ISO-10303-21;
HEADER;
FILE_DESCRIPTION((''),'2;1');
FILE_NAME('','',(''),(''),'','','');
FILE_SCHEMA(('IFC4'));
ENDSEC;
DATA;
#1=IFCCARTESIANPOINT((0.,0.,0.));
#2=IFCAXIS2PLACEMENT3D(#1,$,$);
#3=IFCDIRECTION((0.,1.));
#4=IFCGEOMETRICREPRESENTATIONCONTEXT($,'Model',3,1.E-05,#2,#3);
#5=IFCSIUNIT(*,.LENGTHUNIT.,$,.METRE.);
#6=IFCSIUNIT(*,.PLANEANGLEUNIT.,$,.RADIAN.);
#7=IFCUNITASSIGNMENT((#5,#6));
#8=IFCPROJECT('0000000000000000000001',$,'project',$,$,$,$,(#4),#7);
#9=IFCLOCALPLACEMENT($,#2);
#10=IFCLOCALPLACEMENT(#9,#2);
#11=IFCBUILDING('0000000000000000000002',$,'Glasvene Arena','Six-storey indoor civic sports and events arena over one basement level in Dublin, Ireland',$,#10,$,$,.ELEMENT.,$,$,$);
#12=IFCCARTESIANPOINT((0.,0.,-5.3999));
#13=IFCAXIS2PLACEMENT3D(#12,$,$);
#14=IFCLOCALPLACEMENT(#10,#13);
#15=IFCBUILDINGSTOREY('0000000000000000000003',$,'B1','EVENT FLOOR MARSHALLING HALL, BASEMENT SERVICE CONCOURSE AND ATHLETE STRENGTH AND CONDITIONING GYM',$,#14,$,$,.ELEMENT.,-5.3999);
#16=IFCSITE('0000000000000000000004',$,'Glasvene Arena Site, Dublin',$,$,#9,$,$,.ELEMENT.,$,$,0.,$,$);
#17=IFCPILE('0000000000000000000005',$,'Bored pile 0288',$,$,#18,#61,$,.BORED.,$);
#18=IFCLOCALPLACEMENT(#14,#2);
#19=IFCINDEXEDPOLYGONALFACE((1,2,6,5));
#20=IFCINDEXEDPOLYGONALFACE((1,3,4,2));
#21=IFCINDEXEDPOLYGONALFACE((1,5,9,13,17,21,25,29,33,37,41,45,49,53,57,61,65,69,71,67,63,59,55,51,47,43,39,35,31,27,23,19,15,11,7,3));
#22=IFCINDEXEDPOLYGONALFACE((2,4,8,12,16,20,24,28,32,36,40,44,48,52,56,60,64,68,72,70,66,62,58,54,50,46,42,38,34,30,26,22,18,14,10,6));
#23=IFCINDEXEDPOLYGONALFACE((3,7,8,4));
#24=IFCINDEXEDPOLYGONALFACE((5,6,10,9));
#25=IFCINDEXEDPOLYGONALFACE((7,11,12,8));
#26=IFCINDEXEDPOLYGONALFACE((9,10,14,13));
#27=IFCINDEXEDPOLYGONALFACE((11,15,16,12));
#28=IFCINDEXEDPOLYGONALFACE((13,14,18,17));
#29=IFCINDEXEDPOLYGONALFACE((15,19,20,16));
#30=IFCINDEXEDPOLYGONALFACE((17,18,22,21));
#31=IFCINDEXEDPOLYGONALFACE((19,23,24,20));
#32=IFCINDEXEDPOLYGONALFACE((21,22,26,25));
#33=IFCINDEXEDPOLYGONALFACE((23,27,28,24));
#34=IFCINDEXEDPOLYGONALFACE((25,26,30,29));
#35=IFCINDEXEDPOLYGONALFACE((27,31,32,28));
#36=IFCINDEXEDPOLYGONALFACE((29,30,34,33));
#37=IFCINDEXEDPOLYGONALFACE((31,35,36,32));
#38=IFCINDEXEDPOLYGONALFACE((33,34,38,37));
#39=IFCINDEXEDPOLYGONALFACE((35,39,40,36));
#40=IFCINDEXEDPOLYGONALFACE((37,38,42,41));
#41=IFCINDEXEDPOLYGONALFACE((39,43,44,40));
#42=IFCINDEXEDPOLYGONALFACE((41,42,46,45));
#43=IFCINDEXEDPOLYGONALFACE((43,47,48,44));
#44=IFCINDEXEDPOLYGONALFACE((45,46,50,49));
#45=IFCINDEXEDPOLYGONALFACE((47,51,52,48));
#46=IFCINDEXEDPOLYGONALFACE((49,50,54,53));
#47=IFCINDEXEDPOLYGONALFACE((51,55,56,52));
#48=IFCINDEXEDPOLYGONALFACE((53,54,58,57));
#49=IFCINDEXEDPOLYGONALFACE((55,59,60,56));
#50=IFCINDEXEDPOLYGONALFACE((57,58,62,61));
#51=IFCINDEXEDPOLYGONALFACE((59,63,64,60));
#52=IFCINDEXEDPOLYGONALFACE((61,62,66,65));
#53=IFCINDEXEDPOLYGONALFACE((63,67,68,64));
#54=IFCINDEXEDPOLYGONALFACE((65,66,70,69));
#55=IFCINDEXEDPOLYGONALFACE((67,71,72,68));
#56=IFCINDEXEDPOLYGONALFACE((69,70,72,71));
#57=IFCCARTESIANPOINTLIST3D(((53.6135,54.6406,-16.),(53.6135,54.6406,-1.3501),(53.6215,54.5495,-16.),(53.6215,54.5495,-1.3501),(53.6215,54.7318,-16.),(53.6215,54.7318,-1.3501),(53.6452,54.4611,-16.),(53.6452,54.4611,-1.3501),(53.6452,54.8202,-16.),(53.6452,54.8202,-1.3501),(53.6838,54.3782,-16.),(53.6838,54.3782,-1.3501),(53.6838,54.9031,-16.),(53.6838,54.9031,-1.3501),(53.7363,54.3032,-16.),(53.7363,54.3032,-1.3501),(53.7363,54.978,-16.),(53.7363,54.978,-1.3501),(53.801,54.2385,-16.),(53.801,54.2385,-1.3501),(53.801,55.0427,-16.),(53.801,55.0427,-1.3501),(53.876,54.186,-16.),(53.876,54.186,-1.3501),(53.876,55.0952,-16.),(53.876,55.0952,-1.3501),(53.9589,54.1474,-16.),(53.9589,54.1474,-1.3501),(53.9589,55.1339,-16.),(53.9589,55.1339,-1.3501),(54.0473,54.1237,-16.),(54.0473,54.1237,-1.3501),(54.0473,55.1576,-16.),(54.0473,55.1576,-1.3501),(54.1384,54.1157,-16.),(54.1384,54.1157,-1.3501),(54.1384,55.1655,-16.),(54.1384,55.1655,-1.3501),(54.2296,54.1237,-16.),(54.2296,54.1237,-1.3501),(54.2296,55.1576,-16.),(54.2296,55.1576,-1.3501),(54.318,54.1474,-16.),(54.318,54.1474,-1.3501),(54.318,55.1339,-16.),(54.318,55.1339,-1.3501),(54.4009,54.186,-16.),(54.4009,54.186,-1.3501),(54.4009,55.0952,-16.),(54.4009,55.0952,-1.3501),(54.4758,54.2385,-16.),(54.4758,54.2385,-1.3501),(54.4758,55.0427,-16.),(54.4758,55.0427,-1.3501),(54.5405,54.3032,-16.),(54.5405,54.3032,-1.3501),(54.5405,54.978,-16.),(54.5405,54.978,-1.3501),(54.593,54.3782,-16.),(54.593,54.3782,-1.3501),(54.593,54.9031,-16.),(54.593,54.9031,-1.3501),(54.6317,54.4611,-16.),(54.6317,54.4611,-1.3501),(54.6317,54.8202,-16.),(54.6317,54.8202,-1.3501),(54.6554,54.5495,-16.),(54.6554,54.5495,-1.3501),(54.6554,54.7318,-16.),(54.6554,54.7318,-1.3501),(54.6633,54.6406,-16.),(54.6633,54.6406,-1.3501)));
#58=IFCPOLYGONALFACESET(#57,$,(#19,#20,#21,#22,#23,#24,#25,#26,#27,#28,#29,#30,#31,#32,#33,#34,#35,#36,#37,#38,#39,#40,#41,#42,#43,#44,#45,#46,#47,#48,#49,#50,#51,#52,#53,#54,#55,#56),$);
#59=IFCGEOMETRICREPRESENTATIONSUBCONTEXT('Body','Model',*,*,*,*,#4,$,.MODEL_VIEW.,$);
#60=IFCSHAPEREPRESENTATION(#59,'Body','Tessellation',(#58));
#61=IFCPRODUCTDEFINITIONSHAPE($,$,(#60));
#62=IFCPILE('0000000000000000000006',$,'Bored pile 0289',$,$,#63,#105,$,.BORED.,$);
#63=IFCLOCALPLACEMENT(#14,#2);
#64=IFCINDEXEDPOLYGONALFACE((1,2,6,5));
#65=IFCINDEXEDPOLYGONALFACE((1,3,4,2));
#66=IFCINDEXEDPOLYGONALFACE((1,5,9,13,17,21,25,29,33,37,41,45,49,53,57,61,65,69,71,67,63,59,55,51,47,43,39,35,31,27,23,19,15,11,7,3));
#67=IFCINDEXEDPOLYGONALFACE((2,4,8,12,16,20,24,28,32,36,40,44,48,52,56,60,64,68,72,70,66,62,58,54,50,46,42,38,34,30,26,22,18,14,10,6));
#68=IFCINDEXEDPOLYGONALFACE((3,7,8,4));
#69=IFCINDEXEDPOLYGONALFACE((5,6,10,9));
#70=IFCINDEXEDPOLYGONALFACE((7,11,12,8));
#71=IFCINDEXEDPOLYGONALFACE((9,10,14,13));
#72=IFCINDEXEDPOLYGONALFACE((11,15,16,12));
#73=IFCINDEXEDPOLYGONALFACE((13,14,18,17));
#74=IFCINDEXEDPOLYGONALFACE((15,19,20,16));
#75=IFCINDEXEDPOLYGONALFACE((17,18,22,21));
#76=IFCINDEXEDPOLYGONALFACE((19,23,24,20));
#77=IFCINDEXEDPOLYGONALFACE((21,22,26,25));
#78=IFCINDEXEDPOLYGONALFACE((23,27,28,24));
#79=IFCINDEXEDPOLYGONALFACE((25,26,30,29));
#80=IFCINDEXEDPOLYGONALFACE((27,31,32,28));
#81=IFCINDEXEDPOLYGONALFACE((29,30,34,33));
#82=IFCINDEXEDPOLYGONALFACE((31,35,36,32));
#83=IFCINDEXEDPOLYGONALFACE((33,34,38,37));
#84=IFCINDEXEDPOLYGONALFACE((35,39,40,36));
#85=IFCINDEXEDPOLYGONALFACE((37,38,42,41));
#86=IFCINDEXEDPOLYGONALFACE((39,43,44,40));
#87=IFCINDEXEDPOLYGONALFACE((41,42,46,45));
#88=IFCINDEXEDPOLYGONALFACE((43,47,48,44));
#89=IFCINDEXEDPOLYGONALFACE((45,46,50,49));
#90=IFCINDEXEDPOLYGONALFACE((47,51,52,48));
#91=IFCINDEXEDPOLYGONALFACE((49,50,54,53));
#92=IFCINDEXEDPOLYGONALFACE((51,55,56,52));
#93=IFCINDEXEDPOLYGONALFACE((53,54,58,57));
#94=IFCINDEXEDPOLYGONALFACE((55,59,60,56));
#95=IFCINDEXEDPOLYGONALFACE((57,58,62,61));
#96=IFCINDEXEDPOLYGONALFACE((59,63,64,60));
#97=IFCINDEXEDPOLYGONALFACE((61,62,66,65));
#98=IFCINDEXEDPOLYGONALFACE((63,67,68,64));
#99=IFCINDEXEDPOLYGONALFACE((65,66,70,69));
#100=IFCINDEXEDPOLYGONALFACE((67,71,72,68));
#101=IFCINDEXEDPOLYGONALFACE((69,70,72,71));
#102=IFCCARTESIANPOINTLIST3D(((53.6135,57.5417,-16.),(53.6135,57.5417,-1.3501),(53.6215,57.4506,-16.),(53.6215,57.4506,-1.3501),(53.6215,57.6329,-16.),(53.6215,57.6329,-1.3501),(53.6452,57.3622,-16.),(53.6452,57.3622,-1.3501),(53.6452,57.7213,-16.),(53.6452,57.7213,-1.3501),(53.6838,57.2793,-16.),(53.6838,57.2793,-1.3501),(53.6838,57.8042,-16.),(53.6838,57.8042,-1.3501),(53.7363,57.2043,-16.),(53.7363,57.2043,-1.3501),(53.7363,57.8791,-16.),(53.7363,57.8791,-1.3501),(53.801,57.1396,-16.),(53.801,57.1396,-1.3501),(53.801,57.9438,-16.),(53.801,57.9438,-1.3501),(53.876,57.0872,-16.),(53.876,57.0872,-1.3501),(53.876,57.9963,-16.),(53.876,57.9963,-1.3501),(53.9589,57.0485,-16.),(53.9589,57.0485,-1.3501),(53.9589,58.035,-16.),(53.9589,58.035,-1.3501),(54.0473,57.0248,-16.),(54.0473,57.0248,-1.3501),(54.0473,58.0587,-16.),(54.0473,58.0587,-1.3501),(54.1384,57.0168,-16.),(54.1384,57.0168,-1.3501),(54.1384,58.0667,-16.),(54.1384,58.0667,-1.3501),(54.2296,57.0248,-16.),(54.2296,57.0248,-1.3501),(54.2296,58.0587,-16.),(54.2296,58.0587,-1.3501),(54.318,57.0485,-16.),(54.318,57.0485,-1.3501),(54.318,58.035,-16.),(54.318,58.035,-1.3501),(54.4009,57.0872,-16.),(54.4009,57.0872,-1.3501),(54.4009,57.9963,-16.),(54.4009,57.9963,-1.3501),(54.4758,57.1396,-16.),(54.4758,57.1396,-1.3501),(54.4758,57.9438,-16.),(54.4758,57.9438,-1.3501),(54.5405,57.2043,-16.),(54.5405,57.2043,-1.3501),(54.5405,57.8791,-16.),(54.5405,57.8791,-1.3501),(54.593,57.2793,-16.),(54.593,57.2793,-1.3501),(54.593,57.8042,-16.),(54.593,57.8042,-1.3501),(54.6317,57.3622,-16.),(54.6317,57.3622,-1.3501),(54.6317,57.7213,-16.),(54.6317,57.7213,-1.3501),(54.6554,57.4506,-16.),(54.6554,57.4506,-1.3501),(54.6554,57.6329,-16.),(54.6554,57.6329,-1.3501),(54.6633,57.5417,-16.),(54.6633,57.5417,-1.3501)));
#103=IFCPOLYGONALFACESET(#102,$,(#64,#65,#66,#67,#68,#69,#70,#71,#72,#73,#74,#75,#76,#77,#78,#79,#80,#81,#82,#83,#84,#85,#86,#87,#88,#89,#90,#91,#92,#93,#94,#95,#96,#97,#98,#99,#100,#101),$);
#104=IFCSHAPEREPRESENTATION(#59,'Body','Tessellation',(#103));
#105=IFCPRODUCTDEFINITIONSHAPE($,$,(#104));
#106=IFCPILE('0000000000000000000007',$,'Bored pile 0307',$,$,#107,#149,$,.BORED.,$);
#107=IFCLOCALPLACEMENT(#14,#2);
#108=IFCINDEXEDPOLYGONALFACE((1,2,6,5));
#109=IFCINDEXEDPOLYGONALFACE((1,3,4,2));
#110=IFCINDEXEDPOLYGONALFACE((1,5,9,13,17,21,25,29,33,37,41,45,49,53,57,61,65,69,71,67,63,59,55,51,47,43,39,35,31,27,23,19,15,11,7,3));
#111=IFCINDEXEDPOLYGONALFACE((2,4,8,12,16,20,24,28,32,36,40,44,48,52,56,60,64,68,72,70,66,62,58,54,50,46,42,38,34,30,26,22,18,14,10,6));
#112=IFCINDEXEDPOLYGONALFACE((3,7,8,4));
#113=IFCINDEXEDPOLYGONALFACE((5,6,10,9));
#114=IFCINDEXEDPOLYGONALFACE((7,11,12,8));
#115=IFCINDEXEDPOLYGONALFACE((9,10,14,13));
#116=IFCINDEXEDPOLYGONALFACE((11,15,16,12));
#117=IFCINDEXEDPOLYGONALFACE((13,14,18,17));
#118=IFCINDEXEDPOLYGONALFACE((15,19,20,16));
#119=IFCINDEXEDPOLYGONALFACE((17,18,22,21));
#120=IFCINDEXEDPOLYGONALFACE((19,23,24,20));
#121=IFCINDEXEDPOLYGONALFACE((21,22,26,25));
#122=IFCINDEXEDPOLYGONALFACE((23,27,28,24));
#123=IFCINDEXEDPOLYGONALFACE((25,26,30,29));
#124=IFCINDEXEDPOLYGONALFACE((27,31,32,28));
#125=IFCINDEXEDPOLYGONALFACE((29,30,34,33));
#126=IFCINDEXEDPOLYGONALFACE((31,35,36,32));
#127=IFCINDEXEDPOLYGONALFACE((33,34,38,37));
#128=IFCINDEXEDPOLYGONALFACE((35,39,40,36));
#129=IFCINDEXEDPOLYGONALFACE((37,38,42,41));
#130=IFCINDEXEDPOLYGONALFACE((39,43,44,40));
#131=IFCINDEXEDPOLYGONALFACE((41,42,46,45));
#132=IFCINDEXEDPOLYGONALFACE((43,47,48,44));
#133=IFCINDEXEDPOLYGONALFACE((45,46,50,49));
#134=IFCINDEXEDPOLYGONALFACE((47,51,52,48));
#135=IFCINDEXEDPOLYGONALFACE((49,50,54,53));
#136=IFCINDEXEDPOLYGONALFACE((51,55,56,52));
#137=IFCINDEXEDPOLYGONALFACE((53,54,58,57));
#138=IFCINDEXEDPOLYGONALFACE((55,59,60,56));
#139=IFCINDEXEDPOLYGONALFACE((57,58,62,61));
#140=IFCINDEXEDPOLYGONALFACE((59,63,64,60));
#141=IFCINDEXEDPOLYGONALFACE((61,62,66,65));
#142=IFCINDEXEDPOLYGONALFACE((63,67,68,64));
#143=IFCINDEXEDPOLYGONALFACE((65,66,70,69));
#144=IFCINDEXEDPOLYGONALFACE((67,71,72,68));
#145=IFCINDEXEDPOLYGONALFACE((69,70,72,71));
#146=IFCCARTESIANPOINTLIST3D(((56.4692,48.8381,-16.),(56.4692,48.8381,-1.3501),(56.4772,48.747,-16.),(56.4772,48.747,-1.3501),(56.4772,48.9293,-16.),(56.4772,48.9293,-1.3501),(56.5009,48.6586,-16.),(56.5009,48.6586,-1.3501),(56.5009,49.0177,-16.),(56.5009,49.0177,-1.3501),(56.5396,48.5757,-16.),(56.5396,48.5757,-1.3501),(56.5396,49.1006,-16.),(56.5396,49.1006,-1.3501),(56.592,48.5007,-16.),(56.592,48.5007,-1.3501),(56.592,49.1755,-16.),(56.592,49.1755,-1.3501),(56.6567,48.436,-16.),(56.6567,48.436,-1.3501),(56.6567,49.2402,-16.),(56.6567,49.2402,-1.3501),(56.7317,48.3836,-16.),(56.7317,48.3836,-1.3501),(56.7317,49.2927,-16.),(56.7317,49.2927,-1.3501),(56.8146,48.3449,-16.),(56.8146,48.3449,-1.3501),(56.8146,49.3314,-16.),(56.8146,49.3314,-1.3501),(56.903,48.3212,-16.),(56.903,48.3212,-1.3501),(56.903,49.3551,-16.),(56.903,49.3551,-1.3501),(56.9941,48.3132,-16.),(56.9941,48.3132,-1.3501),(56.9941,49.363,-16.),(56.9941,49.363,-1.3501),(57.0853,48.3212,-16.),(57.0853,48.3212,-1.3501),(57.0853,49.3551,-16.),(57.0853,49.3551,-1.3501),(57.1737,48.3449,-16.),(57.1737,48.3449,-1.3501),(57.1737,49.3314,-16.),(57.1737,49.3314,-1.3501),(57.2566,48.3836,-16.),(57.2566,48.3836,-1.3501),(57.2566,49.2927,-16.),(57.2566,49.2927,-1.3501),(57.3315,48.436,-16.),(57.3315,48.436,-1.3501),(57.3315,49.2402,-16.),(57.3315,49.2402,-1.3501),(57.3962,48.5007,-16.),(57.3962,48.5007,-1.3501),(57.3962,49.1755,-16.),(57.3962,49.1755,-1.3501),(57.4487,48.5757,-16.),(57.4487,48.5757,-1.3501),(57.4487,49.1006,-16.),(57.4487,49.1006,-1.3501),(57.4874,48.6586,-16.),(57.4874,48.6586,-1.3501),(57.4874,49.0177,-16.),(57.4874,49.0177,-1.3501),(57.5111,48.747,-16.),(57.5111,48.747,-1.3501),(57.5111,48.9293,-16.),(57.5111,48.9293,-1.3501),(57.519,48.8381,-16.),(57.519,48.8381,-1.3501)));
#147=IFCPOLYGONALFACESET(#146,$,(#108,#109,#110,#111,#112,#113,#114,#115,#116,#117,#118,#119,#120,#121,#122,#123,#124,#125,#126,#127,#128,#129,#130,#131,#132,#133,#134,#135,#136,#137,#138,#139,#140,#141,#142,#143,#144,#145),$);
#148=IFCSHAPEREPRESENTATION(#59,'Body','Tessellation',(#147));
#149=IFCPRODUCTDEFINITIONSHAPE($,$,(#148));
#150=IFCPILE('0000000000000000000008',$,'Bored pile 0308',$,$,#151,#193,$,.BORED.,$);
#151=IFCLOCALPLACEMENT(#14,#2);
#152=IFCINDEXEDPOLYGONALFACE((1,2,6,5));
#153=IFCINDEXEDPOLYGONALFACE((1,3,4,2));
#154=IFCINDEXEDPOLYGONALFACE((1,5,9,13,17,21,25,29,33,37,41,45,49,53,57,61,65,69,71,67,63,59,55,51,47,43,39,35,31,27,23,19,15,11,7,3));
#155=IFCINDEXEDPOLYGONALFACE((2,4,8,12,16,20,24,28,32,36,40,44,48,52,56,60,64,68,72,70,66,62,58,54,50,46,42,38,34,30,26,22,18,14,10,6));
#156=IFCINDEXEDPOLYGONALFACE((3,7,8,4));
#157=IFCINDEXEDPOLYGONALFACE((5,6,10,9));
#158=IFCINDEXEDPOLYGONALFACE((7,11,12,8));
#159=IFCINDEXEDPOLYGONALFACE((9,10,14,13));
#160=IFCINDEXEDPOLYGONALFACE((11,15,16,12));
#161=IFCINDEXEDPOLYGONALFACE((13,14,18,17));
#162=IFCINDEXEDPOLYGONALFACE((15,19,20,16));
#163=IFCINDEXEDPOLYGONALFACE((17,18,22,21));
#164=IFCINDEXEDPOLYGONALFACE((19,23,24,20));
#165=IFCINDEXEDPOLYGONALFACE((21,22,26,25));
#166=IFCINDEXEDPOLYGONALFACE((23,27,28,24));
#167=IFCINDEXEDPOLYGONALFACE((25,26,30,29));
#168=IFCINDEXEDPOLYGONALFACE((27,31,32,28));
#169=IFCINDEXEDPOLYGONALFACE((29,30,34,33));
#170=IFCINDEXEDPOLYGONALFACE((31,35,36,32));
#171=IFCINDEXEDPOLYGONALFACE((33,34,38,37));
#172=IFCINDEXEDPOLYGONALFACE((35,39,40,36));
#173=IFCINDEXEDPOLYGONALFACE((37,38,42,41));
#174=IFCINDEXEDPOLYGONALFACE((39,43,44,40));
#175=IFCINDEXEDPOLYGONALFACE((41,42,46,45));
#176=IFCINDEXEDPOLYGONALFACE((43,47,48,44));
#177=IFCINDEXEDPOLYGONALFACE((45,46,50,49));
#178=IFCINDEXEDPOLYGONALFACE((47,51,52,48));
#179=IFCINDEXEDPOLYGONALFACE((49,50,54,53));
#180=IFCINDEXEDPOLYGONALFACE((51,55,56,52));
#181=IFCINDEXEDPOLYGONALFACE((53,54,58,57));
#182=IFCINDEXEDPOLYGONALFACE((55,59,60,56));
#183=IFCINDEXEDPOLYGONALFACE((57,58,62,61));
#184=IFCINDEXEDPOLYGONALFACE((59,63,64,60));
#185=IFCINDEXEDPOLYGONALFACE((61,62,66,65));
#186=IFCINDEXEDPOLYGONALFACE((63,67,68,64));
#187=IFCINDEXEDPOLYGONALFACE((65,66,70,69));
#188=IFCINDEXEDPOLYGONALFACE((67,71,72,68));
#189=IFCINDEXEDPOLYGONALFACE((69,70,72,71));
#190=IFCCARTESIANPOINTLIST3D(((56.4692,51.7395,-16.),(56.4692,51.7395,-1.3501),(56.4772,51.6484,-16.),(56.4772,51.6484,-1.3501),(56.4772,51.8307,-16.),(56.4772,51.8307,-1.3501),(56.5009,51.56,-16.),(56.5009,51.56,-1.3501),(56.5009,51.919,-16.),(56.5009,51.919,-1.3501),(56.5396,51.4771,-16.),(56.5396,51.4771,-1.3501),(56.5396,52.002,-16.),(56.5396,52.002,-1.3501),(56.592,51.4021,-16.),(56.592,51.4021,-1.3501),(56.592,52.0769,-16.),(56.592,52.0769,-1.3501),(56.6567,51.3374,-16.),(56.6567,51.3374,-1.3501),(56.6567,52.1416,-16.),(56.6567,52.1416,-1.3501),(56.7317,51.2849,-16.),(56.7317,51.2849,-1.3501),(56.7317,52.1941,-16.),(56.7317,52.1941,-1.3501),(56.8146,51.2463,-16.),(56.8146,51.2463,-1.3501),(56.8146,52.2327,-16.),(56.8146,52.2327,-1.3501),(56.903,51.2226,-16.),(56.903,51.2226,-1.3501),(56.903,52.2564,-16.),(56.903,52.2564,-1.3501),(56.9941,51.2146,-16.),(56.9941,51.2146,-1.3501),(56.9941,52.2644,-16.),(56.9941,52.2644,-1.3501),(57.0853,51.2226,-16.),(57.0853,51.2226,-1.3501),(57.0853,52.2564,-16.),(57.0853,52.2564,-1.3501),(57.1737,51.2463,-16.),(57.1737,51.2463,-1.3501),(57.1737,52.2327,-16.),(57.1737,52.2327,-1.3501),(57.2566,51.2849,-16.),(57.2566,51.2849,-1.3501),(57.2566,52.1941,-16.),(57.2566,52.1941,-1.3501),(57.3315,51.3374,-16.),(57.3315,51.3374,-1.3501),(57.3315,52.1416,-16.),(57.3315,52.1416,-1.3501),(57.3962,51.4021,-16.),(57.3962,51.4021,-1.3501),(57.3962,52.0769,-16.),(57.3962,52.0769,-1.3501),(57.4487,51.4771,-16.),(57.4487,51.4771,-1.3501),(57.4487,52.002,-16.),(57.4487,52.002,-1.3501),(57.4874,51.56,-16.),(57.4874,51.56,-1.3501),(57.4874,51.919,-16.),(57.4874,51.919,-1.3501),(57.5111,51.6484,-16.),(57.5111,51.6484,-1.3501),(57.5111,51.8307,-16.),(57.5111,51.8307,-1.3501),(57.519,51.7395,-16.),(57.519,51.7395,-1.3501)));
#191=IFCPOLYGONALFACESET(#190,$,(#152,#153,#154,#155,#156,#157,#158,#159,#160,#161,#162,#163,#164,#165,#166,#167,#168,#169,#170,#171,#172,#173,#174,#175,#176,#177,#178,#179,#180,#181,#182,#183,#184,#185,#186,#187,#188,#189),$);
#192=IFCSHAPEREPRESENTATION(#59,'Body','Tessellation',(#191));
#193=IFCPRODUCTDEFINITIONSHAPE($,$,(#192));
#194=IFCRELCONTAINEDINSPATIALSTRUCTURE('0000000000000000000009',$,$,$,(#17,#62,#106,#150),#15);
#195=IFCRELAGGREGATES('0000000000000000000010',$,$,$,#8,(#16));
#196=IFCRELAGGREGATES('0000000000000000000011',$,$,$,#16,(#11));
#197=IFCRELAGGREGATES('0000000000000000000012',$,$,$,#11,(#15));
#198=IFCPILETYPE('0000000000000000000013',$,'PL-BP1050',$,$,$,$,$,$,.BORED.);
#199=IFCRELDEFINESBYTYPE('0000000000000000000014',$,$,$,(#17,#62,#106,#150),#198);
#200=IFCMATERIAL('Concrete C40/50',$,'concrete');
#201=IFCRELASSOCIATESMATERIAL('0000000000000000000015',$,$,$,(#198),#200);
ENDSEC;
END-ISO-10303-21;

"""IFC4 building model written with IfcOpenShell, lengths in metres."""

from ifc_helpers import new_model, si_unit, direction, frame, origin, origin_2d, place, context, subcontext, project, spatial, circle, extrude, material, material_profile, profile_set, type_object, element, save


model = new_model("IFC4")

# Units and contexts
model_context = context("Model", 3, precision=1e-05, world=origin(), true_north=direction((0.0, 1.0)))
body_context = subcontext(model_context, "Body", "Model", "MODEL_VIEW")
ifc_project = project(units=[si_unit("LENGTHUNIT", "METRE"), si_unit("PLANEANGLEUNIT", "RADIAN")], contexts=[model_context])

# Site, building, storey
site_placement = place(None, origin())
site = spatial("IfcSite", under=ifc_project, at=site_placement, Name="Glasvene Arena Site, Dublin", CompositionType="ELEMENT", RefElevation=0.0)
building_placement = place(site_placement, origin())
building = spatial("IfcBuilding", under=site, at=building_placement, Name="Glasvene Arena", Description="Six-storey indoor civic sports and events arena over one basement level in Dublin, Ireland", CompositionType="ELEMENT")
storey_placement = place(building_placement, frame((0.0, 0.0, -5.3999)))
storey = spatial("IfcBuildingStorey", under=building, at=storey_placement, Name="B1", Description="EVENT FLOOR MARSHALLING HALL, BASEMENT SERVICE CONCOURSE AND ATHLETE STRENGTH AND CONDITIONING GYM", CompositionType="ELEMENT", Elevation=-5.3999)

# Piles
ifc_material_1 = material(Name="Concrete C40/50", Category="concrete")
ifc_material_profile_1 = material_profile(ifc_material_1, circle(Radius=0.5249, at=origin_2d()), Name="BORED PILE 1050")
ifc_profile_set_1 = profile_set([ifc_material_profile_1], Name="Concrete C40/50")
pile_type = type_object("IfcPileType", Name="PL-BP1050", PredefinedType="BORED", material=ifc_profile_set_1)
for number, where, z_axis, x_axis, name in (
    (1, (54.1384, 54.6406, -1.3501), (0.0, 0.0, -1.0), (1.0, 0.0, 0.0), "Bored pile 0288"),
    (2, (54.1384, 57.5417, -1.3501), (0.0, 0.0, -1.0), (1.0, 0.0, 0.0), "Bored pile 0289"),
    (3, (56.9941, 48.8381, -1.3501), (0.0, 0.0, -1.0), (1.0, 0.0, 0.0), "Bored pile 0307"),
    (4, (56.9941, 51.7395, -1.3501), (0.0, 0.0, -1.0), (1.0, 0.0, 0.0), "Bored pile 0308"),
):
    element("IfcPile", number, at=place(storey_placement, frame(where, z_axis=z_axis, x_axis=x_axis)), inside=storey, type_object=pile_type, Name=name, PredefinedType="BORED", context=body_context, shape_type="SweptSolid", body=[
        extrude(circle(Radius=0.5249, at=origin_2d()), origin(), (0.0, 0.0, 1.0), 14.6499),
    ])

save(model, "model.ifc")
